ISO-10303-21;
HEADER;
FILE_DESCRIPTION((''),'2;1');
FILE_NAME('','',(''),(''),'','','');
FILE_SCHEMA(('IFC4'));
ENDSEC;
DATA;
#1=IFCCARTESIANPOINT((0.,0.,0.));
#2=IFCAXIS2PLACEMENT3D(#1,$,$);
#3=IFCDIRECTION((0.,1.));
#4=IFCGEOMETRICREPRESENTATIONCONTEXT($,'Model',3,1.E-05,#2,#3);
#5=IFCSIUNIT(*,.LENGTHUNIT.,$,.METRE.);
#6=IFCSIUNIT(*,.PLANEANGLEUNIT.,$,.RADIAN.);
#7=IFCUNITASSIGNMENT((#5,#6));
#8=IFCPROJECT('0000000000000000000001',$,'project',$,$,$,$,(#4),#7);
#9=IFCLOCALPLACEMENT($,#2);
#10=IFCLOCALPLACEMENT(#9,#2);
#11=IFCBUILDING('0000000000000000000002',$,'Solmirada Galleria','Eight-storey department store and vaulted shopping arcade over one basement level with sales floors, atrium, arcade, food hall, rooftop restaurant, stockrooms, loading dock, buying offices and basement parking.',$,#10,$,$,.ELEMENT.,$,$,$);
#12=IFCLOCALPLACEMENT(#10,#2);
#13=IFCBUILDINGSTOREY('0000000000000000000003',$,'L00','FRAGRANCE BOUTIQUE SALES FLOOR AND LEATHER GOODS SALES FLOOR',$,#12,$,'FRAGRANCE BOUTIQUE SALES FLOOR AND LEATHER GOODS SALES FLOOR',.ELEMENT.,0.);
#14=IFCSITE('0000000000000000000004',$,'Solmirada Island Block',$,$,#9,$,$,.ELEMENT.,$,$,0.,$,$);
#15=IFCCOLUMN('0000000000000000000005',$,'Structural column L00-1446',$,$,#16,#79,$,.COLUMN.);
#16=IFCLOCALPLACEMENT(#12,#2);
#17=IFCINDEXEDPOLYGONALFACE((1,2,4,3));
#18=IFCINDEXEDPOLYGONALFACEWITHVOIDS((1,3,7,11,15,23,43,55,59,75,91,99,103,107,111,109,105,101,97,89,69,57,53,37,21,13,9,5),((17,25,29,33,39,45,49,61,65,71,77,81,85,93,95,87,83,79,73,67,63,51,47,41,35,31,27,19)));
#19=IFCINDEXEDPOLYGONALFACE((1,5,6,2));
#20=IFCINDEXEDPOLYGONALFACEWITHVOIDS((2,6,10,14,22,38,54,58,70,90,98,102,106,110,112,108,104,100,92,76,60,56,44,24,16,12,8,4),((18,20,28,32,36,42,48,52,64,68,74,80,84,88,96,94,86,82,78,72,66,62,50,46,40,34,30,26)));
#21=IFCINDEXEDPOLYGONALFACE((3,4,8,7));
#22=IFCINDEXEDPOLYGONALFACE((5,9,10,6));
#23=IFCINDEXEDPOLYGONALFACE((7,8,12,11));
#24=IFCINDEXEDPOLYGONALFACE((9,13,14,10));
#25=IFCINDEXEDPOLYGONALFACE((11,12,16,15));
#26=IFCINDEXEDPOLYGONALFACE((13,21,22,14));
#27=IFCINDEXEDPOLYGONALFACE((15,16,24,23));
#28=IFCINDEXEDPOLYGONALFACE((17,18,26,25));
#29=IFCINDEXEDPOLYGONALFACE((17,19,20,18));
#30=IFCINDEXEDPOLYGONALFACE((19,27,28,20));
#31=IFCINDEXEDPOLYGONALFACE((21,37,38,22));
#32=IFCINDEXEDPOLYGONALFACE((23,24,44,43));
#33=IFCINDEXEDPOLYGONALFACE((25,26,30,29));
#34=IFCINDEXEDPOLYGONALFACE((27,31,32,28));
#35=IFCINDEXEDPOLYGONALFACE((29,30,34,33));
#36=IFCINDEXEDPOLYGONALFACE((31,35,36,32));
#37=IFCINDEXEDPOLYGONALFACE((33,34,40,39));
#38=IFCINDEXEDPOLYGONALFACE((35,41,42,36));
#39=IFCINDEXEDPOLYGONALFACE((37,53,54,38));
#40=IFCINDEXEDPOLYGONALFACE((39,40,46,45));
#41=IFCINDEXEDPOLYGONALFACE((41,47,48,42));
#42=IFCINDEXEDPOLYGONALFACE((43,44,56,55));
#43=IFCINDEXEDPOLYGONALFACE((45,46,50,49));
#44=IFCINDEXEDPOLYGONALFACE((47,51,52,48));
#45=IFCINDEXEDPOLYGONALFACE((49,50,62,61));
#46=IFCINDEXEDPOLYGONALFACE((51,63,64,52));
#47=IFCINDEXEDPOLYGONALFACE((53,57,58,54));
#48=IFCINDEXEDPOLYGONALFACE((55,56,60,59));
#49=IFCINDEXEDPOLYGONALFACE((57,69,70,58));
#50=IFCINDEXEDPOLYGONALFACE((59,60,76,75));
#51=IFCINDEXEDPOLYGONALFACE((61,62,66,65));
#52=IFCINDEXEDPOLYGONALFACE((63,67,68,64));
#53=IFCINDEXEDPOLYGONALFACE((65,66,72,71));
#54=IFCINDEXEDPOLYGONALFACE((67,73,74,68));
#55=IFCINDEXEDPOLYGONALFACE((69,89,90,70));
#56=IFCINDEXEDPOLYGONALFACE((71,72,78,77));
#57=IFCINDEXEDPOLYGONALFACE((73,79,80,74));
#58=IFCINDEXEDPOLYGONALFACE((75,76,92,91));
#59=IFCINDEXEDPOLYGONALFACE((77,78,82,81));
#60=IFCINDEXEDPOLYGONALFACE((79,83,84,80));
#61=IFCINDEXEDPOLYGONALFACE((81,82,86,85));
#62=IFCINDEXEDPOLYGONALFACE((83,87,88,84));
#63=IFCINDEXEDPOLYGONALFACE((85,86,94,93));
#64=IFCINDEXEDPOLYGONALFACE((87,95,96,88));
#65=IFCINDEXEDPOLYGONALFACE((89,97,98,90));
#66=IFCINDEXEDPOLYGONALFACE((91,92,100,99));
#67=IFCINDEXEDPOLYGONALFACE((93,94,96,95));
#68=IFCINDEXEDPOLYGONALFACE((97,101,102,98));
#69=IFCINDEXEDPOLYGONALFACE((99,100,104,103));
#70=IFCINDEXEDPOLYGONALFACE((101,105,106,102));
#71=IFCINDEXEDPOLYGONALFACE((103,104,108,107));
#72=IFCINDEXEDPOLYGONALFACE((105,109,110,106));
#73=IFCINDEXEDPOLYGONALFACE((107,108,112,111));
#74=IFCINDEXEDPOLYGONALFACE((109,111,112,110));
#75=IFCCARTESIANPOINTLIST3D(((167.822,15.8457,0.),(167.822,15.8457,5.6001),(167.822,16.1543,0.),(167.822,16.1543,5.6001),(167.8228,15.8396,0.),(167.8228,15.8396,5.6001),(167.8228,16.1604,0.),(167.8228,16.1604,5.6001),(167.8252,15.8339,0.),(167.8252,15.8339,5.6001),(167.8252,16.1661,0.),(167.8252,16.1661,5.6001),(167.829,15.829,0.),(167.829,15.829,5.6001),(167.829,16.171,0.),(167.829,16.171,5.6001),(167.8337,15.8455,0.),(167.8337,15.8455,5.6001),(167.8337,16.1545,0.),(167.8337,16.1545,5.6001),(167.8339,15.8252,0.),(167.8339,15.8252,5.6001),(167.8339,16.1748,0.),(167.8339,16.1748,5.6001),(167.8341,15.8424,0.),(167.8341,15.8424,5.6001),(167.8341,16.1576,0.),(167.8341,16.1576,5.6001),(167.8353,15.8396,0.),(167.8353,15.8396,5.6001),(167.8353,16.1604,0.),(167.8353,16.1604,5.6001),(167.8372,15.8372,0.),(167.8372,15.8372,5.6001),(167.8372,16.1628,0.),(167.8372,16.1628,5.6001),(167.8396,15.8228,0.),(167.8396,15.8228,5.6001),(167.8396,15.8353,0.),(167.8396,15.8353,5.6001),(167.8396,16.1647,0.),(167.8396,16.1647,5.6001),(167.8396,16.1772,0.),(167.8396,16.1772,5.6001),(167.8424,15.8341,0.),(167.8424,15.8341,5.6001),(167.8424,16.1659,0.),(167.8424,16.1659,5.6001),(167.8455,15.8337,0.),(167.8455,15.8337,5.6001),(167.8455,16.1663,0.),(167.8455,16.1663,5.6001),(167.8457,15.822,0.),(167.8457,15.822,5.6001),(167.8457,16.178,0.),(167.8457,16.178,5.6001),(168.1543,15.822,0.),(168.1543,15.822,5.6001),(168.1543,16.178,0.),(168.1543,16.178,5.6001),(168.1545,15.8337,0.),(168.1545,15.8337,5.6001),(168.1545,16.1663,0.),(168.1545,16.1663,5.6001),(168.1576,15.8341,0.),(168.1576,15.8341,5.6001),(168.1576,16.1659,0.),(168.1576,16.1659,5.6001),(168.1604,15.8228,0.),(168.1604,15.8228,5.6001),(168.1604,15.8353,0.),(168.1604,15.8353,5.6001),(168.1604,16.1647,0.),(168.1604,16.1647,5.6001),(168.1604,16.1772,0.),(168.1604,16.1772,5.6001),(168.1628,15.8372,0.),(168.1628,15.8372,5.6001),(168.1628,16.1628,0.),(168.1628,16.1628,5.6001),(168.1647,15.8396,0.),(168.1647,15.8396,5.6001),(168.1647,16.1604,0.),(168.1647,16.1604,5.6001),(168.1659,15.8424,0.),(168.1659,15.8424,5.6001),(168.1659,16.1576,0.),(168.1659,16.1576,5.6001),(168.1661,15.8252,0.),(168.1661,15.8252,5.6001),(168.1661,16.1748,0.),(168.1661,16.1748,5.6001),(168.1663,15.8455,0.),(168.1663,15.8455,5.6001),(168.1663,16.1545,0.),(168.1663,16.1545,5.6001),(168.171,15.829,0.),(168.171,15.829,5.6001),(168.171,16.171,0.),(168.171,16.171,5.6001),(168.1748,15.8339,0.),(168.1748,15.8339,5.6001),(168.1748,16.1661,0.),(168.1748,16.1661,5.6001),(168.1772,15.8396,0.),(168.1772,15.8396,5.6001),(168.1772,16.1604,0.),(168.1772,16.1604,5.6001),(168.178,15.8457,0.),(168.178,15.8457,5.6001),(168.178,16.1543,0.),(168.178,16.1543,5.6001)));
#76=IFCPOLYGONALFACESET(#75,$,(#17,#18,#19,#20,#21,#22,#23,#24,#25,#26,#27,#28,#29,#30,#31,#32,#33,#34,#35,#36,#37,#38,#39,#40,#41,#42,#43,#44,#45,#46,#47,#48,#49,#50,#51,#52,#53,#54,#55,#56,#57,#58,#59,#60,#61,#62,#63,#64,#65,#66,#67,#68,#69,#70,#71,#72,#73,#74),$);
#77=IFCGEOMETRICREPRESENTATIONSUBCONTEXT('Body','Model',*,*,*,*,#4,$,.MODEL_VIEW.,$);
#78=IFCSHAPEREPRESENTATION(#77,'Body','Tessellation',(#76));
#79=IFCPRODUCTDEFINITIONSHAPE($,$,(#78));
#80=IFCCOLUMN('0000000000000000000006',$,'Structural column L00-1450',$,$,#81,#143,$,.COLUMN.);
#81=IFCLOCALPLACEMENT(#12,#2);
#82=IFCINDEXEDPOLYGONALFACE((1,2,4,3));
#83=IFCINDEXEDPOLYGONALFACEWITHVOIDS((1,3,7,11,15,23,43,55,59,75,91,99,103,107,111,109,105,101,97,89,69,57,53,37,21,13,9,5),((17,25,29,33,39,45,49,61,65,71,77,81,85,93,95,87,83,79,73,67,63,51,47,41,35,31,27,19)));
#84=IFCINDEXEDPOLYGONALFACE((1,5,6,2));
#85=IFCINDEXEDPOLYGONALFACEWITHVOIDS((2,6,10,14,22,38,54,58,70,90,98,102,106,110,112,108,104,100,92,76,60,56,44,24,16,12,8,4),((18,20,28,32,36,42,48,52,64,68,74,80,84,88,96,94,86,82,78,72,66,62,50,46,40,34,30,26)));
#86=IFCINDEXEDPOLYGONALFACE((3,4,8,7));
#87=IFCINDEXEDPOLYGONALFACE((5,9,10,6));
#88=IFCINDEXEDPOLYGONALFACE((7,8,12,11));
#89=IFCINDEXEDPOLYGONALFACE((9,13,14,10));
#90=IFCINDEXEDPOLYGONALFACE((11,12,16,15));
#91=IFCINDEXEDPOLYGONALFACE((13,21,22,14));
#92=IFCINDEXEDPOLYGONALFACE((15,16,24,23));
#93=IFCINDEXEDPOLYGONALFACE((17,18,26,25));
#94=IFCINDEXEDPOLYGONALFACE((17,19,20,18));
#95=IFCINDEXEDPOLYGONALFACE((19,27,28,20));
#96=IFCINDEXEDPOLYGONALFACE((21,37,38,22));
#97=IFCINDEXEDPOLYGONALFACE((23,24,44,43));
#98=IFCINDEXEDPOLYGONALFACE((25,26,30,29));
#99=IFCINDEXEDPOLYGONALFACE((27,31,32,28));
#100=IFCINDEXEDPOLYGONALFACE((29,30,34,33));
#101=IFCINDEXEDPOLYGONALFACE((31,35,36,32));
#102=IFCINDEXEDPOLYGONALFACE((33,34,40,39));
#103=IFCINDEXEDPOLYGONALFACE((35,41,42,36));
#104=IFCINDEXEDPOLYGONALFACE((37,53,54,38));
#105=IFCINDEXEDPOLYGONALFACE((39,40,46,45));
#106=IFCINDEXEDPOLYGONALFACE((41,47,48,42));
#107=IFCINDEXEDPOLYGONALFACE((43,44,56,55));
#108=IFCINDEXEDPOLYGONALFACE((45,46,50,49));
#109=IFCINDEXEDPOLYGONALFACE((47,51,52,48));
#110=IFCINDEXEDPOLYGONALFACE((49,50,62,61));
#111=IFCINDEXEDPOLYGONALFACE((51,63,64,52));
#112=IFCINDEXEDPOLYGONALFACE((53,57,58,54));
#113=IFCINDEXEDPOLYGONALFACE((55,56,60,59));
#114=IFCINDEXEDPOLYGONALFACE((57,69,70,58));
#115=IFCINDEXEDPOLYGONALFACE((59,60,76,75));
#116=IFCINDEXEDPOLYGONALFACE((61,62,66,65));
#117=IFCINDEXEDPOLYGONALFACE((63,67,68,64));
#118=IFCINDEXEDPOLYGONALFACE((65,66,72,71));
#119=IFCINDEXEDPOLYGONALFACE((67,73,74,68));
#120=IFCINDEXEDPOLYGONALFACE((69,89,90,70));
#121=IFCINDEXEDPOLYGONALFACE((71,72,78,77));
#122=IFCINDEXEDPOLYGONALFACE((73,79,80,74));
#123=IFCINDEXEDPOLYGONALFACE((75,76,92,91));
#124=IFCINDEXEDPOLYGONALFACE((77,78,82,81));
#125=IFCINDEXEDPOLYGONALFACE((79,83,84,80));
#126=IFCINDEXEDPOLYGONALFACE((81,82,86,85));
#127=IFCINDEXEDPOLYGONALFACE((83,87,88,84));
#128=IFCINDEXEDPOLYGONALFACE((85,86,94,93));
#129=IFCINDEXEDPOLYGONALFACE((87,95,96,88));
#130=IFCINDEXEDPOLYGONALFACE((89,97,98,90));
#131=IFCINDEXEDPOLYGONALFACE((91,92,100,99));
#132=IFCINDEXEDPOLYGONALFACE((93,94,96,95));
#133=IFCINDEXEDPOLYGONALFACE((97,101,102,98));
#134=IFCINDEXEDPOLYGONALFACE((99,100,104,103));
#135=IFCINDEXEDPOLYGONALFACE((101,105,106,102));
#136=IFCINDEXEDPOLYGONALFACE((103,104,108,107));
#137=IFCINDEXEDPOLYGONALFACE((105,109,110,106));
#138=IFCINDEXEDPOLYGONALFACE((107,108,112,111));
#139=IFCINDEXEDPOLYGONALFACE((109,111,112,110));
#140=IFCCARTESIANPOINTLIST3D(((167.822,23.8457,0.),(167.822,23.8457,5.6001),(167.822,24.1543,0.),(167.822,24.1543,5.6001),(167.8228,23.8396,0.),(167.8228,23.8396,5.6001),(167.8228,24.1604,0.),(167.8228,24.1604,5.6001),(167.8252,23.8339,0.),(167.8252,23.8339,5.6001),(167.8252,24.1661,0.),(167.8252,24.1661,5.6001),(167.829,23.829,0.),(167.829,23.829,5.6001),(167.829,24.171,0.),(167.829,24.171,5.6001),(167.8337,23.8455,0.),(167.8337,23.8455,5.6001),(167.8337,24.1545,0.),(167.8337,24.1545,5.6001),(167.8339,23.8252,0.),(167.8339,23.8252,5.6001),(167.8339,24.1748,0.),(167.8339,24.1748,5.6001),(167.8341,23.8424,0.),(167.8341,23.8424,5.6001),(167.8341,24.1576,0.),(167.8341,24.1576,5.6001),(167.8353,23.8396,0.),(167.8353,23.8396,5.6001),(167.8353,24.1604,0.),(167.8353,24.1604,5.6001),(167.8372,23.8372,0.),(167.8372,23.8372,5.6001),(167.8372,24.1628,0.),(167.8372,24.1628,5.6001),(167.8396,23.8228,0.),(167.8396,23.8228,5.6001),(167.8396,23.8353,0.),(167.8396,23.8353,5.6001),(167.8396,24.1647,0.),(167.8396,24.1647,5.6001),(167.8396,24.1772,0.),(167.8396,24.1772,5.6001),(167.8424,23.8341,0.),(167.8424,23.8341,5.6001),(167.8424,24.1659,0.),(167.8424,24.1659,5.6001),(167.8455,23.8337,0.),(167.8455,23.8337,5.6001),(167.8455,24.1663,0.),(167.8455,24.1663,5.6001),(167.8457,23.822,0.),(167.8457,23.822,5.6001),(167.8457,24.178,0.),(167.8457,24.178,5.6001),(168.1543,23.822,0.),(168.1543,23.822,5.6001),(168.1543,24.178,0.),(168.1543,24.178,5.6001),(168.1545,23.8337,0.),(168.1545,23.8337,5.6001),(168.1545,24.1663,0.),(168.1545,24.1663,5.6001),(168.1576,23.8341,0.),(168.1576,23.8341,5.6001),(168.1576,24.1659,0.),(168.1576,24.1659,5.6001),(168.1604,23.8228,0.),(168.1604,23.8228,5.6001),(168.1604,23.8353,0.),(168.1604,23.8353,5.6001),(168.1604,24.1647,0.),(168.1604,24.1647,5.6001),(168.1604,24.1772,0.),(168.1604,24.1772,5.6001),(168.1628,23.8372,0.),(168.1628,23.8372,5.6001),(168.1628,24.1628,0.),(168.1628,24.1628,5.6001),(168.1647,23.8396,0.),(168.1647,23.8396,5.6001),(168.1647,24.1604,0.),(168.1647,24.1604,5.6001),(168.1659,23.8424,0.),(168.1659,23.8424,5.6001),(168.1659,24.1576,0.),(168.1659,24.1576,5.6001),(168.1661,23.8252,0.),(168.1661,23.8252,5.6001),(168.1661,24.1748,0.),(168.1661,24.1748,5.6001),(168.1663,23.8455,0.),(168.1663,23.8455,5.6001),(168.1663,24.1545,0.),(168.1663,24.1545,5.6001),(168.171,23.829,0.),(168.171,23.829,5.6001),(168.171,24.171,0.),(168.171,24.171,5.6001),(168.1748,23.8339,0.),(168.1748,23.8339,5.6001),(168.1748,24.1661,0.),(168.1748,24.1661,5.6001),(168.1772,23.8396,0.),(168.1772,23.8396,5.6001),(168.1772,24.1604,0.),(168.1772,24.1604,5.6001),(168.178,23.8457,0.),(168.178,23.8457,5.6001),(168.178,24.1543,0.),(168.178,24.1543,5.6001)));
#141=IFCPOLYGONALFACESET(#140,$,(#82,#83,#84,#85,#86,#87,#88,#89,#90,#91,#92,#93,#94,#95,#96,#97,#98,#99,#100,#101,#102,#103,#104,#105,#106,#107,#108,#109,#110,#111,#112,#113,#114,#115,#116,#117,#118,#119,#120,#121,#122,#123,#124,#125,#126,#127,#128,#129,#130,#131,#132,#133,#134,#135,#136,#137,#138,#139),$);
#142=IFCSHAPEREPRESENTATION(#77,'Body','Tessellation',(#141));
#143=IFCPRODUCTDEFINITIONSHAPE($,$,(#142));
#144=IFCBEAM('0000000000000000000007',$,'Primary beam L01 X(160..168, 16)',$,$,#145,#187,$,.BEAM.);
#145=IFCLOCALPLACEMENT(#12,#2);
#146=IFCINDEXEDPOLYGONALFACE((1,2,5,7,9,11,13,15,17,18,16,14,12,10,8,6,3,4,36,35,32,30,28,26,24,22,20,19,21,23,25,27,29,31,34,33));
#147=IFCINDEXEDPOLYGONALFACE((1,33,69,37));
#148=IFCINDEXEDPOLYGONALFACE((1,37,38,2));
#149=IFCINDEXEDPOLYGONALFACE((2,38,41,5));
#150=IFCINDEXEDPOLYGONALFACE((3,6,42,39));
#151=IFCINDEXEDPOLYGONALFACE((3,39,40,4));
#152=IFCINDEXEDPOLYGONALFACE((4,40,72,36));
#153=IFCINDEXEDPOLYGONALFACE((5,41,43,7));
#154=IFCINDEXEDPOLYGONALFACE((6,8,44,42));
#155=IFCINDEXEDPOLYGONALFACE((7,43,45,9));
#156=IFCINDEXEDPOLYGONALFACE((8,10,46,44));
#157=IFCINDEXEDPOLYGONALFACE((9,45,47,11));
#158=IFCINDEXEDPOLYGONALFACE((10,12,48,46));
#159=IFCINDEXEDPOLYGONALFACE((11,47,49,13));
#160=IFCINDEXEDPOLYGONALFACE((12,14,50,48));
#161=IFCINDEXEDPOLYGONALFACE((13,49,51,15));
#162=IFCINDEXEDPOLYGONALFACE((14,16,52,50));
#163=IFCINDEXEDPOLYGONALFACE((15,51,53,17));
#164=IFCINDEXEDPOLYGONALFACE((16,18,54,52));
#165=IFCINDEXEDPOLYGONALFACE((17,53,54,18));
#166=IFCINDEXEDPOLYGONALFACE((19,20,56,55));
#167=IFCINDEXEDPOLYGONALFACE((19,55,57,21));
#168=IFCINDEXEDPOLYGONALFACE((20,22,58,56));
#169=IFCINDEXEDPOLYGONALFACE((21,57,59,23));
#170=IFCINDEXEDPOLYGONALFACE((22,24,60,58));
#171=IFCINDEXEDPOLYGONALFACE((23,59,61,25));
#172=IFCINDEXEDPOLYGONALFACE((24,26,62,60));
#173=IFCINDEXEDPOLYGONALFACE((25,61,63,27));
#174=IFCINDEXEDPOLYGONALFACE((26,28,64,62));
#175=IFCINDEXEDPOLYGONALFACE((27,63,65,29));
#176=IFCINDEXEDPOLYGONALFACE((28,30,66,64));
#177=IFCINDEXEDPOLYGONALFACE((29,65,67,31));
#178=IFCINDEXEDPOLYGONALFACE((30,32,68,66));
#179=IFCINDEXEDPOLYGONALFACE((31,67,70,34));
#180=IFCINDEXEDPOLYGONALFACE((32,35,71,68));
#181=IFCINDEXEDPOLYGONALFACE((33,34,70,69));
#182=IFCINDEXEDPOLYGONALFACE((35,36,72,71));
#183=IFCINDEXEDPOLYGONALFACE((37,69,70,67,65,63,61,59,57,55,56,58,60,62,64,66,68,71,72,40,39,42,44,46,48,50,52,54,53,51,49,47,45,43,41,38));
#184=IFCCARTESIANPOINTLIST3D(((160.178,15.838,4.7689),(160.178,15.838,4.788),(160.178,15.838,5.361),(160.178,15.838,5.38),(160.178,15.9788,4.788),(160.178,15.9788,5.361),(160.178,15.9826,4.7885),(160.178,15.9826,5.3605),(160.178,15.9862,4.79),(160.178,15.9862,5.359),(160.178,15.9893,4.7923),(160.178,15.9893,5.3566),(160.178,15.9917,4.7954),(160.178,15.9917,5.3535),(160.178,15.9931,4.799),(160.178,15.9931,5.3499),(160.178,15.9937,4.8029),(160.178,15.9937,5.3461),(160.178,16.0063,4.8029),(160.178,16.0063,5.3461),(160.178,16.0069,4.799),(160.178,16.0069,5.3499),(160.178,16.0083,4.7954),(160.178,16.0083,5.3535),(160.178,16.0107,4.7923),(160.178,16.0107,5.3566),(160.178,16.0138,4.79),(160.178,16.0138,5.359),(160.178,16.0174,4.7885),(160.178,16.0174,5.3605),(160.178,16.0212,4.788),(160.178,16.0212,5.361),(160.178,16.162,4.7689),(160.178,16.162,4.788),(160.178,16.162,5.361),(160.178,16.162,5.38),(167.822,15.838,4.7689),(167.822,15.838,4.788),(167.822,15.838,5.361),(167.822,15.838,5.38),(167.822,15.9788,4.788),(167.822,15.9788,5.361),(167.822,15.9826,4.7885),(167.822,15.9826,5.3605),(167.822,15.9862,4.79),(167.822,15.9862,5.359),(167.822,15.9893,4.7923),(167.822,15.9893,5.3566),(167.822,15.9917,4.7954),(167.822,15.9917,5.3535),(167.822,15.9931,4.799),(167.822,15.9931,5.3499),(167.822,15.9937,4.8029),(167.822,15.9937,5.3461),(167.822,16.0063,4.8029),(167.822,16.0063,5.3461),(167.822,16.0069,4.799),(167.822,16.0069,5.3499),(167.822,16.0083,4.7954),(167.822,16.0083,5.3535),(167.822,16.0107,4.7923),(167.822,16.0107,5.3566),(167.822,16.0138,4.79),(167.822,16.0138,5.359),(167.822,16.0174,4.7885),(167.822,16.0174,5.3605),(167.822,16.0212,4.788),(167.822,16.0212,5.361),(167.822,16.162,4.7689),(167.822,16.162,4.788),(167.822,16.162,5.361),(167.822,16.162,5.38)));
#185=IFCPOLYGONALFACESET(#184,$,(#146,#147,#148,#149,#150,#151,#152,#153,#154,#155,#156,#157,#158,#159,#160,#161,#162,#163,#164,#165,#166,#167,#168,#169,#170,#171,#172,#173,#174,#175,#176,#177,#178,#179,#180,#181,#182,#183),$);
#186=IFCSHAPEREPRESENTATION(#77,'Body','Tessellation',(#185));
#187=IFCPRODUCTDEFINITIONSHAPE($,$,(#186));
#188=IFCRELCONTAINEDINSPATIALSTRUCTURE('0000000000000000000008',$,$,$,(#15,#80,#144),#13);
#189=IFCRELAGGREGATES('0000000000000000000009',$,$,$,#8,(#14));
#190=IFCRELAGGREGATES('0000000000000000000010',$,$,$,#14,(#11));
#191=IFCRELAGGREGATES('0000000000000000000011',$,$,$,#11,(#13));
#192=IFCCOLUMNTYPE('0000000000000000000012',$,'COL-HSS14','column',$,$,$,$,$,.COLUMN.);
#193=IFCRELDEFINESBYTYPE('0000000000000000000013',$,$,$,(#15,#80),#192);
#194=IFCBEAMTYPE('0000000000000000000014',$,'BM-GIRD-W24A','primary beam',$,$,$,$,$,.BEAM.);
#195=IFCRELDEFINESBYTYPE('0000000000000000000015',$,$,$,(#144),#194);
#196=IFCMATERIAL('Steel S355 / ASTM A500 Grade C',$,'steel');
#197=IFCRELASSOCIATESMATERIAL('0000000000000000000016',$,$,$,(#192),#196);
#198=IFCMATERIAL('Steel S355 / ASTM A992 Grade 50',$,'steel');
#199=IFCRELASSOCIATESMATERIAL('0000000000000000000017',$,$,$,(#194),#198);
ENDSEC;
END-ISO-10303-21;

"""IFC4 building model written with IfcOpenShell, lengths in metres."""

from ifc_helpers import new_model, si_unit, direction, frame, origin, origin_2d, place, context, subcontext, project, spatial, hollow_rectangle, i_section, extrude, material, material_profile, profile_set, type_object, element, save


model = new_model("IFC4")

# Units and contexts
model_context = context("Model", 3, precision=1e-05, world=origin(), true_north=direction((0.0, 1.0)))
body_context = subcontext(model_context, "Body", "Model", "MODEL_VIEW")
ifc_project = project(units=[si_unit("LENGTHUNIT", "METRE"), si_unit("PLANEANGLEUNIT", "RADIAN")], contexts=[model_context])

# Site, building, storey
site_placement = place(None, origin())
site = spatial("IfcSite", under=ifc_project, at=site_placement, Name="Solmirada Island Block", CompositionType="ELEMENT", RefElevation=0.0)
building_placement = place(site_placement, origin())
building = spatial("IfcBuilding", under=site, at=building_placement, Name="Solmirada Galleria", Description="Eight-storey department store and vaulted shopping arcade over one basement level with sales floors, atrium, arcade, food hall, rooftop restaurant, stockrooms, loading dock, buying offices and basement parking.", CompositionType="ELEMENT")
storey_placement = place(building_placement, origin())
storey = spatial("IfcBuildingStorey", under=building, at=storey_placement, Name="L00", Description="FRAGRANCE BOUTIQUE SALES FLOOR AND LEATHER GOODS SALES FLOOR", LongName="FRAGRANCE BOUTIQUE SALES FLOOR AND LEATHER GOODS SALES FLOOR", CompositionType="ELEMENT", Elevation=0.0)

# Columns
ifc_material_1 = material(Name="Steel S355 / ASTM A500 Grade C", Category="steel")
ifc_material_profile_1 = material_profile(ifc_material_1, hollow_rectangle(XDim=0.356, YDim=0.356, WallThickness=0.0117, InnerFilletRadius=0.0117, OuterFilletRadius=0.0237, at=origin_2d()), Name="HSS14X14X1/2")
ifc_profile_set_1 = profile_set([ifc_material_profile_1], Name="Steel S355 / ASTM A500 Grade C")
column_type = type_object("IfcColumnType", Name="COL-HSS14", Description="column", PredefinedType="COLUMN", material=ifc_profile_set_1)
for number, where, z_axis, x_axis, name in (
    (1, (168.0, 16.0, 0.0), (0.0, 0.0, 1.0), (1.0, 0.0, 0.0), "Structural column L00-1446"),
    (2, (168.0, 24.0, 0.0), (0.0, 0.0, 1.0), (1.0, 0.0, 0.0), "Structural column L00-1450"),
):
    element("IfcColumn", number, at=place(storey_placement, frame(where, z_axis=z_axis, x_axis=x_axis)), inside=storey, type_object=column_type, Name=name, PredefinedType="COLUMN", context=body_context, shape_type="SweptSolid", body=[
        extrude(hollow_rectangle(XDim=0.356, YDim=0.356, WallThickness=0.0117, InnerFilletRadius=0.0117, OuterFilletRadius=0.0237, at=origin_2d()), origin(), (0.0, 0.0, 1.0), 5.6001),
    ])

# Beam
ifc_material_2 = material(Name="Steel S355 / ASTM A992 Grade 50", Category="steel")
ifc_material_profile_2 = material_profile(ifc_material_2, i_section(OverallWidth=0.324, OverallDepth=0.6111, WebThickness=0.0127, FlangeThickness=0.019, FilletRadius=0.0149, at=origin_2d()), Name="W24X104")
ifc_profile_set_2 = profile_set([ifc_material_profile_2], Name="Steel S355 / ASTM A992 Grade 50")
beam_type_1 = type_object("IfcBeamType", Name="BM-GIRD-W24A", Description="primary beam", PredefinedType="BEAM", material=ifc_profile_set_2)
for number, where, z_axis, x_axis, name in (
    (3, (160.178, 16.0, 5.0745), (1.0, 0.0, 0.0), (0.0, 1.0, 0.0), "Primary beam L01 X(160..168, 16)"),
):
    element("IfcBeam", number, at=place(storey_placement, frame(where, z_axis=z_axis, x_axis=x_axis)), inside=storey, type_object=beam_type_1, Name=name, PredefinedType="BEAM", context=body_context, shape_type="SweptSolid", body=[
        extrude(i_section(OverallWidth=0.324, OverallDepth=0.6111, WebThickness=0.0127, FlangeThickness=0.019, FilletRadius=0.0149, at=origin_2d()), origin(), (0.0, 0.0, 1.0), 7.644),
    ])

save(model, "model.ifc")
